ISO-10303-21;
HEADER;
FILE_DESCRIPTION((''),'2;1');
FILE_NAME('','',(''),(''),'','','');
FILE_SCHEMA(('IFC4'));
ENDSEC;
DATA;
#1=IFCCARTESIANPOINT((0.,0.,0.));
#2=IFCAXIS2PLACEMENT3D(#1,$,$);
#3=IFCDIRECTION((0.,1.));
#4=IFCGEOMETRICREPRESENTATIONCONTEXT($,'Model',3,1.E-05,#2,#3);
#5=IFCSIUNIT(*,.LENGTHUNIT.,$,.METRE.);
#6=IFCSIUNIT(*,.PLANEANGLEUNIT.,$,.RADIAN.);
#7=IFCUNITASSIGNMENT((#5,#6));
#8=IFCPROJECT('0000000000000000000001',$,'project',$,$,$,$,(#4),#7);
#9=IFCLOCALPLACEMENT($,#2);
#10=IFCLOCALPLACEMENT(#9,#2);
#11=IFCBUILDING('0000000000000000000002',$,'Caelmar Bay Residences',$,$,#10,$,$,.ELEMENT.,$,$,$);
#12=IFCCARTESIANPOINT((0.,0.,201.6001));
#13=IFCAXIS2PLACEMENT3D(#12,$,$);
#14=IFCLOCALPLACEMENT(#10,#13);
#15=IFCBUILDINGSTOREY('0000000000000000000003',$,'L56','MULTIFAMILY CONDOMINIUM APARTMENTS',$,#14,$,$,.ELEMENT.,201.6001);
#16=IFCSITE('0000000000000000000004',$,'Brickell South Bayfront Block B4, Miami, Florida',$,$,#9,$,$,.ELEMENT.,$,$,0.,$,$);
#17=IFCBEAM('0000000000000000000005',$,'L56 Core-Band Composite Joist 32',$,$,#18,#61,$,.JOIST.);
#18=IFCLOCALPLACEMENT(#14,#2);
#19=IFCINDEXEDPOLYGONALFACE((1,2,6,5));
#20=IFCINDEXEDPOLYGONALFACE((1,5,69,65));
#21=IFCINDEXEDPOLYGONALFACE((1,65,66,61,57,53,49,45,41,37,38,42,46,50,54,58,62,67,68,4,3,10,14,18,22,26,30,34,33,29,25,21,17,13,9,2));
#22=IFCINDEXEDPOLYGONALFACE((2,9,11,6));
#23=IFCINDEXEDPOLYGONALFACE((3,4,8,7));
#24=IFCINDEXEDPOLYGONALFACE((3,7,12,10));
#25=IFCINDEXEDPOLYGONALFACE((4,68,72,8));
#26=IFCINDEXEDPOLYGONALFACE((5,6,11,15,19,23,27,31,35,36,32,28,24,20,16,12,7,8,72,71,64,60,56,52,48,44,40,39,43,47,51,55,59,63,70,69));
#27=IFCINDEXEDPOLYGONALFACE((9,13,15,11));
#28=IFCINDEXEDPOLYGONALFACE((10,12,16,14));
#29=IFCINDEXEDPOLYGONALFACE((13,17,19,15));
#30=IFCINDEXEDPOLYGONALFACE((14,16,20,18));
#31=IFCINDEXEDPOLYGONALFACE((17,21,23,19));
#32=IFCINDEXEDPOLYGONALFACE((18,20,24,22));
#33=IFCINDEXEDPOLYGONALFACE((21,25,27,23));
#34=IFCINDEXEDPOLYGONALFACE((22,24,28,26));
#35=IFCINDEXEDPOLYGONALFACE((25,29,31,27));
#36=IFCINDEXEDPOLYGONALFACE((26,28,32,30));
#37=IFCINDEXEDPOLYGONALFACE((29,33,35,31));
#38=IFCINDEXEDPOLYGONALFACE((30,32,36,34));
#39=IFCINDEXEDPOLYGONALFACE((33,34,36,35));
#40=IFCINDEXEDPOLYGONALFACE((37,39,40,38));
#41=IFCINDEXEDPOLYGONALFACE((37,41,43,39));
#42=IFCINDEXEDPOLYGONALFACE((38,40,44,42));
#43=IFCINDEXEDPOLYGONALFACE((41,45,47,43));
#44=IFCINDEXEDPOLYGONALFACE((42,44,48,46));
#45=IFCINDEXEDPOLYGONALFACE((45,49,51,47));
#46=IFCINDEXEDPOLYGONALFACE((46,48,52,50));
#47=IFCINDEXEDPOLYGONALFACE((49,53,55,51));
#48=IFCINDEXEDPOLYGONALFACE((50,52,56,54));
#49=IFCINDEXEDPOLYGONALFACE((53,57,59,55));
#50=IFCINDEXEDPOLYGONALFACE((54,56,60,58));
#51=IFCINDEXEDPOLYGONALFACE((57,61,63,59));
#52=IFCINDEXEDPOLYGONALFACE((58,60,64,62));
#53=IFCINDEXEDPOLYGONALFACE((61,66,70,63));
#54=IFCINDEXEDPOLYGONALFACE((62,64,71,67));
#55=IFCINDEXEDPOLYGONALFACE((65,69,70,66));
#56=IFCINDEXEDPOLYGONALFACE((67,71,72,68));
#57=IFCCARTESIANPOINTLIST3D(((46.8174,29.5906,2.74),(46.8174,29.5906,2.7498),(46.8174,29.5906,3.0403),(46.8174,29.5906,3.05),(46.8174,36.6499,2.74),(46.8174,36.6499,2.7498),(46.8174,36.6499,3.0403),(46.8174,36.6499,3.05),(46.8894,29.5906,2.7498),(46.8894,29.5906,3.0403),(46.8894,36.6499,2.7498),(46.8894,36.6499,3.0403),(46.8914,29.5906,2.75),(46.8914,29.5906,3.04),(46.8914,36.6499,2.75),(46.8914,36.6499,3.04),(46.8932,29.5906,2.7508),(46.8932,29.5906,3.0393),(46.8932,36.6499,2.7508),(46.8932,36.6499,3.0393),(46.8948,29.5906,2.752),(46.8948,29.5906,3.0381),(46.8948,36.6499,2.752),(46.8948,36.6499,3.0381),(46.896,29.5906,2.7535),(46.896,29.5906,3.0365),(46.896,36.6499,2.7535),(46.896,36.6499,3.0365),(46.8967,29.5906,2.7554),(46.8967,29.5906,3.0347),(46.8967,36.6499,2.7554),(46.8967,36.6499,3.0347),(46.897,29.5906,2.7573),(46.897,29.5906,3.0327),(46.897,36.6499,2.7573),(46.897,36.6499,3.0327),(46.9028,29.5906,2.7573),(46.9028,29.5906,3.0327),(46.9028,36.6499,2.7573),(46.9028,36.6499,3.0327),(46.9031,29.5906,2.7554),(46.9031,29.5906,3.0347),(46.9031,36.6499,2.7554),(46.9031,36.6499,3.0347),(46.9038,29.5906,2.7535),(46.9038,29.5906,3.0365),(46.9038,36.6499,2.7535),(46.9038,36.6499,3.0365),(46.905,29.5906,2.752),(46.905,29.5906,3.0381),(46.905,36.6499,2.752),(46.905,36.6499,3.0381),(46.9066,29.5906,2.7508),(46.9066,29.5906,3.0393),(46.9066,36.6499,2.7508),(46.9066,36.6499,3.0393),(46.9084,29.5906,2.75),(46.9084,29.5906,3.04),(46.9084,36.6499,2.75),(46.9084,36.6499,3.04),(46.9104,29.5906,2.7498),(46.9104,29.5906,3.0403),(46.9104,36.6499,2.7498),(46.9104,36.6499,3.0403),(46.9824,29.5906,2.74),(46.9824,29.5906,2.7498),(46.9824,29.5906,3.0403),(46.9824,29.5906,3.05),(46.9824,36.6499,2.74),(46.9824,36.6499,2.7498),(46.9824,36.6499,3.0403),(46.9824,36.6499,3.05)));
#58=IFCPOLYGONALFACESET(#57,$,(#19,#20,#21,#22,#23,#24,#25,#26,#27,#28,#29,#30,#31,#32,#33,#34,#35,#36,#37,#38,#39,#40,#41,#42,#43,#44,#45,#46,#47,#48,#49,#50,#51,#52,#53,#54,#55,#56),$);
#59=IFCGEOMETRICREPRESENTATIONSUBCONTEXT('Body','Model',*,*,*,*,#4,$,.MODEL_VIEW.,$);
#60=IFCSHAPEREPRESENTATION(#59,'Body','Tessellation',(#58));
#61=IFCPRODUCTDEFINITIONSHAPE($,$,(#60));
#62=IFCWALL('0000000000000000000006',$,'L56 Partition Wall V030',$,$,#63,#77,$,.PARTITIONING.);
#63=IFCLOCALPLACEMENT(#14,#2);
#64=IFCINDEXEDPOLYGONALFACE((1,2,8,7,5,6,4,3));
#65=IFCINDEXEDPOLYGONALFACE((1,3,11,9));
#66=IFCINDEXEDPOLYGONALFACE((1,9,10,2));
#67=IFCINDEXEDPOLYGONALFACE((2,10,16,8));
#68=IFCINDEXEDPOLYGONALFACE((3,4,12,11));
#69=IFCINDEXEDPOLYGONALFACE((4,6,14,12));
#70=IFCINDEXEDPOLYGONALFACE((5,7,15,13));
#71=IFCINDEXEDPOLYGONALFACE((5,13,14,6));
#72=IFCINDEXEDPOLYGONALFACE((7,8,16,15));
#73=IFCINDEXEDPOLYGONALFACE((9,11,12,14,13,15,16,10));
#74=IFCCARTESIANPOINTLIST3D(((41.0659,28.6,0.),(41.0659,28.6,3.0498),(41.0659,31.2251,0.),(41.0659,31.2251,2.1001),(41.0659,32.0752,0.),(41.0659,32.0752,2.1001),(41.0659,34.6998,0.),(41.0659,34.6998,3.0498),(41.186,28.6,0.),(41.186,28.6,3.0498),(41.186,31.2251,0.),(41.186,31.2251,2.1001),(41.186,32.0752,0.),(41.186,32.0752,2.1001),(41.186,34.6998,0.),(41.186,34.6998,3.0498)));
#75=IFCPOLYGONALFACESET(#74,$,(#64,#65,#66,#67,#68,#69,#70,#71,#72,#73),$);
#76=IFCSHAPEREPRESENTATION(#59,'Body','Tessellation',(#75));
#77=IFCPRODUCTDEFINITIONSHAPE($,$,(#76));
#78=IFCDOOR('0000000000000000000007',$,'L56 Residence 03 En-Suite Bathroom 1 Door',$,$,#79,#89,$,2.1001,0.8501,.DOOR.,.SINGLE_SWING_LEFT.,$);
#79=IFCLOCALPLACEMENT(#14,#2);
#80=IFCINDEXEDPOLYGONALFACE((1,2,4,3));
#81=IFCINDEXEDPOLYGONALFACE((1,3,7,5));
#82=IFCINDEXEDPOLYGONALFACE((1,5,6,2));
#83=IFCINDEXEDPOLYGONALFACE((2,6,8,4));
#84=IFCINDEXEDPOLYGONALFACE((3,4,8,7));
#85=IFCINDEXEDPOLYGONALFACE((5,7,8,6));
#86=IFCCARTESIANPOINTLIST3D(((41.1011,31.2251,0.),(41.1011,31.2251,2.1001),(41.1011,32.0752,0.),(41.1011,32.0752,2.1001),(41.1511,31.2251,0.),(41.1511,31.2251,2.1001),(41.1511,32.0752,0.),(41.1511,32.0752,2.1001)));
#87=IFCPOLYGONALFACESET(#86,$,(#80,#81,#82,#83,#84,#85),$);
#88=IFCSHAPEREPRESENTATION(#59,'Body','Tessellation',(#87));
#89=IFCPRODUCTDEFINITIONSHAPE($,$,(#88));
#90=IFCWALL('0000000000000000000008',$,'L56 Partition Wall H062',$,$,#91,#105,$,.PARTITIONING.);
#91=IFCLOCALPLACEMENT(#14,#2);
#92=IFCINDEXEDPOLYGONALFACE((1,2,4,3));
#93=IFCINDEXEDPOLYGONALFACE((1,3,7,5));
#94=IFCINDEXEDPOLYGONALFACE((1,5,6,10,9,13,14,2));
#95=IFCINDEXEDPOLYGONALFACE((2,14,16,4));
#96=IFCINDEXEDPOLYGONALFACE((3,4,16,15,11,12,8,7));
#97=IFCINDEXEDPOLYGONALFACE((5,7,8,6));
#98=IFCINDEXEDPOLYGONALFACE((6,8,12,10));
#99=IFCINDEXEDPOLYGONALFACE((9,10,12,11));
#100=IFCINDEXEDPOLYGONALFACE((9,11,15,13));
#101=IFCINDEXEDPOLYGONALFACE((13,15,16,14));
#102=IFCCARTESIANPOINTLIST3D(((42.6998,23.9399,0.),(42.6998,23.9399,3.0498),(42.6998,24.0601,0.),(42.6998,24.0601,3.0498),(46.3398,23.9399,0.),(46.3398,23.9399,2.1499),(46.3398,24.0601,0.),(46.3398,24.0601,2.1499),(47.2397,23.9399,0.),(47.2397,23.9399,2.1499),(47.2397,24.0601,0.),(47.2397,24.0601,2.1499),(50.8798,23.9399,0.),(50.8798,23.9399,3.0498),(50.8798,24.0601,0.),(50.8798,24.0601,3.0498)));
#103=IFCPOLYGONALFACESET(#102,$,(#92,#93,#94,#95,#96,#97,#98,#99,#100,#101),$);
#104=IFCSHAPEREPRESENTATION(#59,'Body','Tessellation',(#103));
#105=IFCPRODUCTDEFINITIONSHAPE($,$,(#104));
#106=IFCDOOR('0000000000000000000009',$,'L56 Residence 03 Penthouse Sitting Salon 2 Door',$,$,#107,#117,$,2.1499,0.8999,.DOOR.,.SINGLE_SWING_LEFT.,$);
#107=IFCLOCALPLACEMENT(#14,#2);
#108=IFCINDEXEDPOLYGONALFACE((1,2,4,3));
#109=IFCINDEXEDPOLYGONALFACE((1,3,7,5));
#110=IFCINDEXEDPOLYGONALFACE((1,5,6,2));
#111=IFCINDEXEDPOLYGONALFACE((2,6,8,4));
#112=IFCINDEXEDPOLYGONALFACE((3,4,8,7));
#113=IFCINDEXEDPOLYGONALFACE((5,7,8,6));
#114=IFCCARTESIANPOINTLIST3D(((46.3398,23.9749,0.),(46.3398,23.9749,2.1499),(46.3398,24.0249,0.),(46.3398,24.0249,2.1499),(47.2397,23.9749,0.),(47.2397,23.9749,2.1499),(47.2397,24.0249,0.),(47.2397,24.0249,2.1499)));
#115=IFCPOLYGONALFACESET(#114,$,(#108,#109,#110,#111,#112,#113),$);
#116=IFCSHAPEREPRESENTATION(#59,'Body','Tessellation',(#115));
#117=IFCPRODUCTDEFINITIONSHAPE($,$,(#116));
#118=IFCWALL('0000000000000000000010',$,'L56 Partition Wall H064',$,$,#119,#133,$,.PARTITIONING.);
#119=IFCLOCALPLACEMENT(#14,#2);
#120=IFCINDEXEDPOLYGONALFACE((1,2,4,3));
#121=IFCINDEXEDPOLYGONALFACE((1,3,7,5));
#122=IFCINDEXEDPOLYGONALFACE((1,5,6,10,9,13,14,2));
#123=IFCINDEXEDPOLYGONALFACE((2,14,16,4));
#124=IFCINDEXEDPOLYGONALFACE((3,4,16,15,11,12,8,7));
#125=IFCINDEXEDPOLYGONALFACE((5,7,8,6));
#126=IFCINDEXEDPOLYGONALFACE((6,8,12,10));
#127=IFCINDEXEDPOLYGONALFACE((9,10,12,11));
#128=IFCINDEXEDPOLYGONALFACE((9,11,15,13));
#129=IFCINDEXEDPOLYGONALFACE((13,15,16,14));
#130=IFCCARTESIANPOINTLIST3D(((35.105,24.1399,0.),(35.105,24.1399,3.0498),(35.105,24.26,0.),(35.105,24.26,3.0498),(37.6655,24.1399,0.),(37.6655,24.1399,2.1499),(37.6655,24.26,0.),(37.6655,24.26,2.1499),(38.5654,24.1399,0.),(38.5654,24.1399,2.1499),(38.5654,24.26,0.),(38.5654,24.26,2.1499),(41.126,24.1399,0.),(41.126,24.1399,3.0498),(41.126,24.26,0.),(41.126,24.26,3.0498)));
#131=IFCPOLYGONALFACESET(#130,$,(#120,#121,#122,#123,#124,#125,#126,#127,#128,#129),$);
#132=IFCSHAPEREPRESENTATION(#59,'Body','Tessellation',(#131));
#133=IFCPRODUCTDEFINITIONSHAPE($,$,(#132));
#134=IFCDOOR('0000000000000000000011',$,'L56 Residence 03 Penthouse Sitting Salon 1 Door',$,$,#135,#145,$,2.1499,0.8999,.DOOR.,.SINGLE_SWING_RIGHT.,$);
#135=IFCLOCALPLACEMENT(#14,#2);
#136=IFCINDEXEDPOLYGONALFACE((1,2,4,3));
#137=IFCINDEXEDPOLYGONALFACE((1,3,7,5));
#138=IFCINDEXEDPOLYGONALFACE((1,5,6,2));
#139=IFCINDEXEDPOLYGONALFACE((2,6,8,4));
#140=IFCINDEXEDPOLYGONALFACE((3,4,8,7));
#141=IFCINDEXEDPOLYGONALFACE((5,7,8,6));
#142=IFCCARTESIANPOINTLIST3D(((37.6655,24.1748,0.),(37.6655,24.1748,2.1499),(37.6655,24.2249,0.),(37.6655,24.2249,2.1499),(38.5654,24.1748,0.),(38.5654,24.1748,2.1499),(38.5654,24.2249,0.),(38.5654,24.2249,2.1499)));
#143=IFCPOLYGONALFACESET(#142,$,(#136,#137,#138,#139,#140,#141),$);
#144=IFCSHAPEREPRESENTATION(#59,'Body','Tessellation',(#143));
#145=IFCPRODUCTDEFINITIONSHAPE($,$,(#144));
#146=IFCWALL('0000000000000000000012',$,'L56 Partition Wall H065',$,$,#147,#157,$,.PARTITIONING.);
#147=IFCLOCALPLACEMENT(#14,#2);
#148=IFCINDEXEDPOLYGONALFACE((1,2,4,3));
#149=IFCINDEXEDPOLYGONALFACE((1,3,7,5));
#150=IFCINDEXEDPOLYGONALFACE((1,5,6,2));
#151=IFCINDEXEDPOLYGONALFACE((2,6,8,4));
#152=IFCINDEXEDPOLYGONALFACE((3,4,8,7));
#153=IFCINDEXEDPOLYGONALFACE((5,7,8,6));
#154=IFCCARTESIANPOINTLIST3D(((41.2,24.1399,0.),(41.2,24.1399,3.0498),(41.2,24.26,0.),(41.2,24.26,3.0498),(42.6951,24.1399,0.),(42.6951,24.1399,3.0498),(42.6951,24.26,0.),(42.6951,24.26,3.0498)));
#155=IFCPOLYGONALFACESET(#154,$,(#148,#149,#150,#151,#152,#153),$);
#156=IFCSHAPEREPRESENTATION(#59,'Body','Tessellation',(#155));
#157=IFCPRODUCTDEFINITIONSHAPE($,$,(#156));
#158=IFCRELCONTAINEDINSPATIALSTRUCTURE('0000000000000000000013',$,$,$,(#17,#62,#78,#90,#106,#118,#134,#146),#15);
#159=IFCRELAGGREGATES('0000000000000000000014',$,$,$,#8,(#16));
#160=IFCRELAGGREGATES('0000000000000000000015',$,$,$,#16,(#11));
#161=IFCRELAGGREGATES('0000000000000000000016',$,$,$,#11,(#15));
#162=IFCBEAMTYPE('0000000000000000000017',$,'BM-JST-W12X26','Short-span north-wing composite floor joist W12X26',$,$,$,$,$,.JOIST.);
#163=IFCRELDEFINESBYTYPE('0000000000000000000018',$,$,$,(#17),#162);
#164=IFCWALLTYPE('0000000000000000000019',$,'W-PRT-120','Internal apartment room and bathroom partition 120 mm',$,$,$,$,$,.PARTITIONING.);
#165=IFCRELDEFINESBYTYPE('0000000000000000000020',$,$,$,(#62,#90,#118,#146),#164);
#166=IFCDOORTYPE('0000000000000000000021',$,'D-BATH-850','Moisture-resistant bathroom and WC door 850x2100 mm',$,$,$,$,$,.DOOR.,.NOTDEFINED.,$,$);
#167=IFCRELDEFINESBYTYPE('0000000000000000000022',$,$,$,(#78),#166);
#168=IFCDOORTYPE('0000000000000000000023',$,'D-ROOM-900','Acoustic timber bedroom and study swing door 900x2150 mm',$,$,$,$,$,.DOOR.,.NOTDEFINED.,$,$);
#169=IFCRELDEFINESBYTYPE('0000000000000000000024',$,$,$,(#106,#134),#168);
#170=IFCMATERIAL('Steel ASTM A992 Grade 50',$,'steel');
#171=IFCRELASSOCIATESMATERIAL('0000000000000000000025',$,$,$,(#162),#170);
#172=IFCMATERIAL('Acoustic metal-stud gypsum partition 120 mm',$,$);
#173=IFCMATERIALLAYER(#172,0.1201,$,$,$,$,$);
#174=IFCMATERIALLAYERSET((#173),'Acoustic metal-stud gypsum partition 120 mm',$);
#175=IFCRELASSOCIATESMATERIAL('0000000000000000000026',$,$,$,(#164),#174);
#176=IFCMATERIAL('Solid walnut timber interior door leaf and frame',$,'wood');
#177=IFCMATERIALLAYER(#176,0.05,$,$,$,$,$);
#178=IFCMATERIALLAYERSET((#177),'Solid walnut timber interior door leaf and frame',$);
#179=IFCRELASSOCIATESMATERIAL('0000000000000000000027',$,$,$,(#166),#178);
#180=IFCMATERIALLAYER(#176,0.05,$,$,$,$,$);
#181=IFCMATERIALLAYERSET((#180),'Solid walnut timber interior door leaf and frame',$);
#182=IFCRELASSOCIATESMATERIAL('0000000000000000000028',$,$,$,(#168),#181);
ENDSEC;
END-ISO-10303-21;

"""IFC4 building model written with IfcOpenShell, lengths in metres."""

from ifc_helpers import new_model, si_unit, direction, frame, frame_2d, origin, origin_2d, place, context, subcontext, project, spatial, rectangle, i_section, extrude, material, layer, layer_set, material_profile, profile_set, type_object, element, fill, save


model = new_model("IFC4")

# Units and contexts
model_context = context("Model", 3, precision=1e-05, world=origin(), true_north=direction((0.0, 1.0)))
body_context = subcontext(model_context, "Body", "Model", "MODEL_VIEW")
ifc_project = project(units=[si_unit("LENGTHUNIT", "METRE"), si_unit("PLANEANGLEUNIT", "RADIAN")], contexts=[model_context])

# Site, building, storey
site_placement = place(None, origin())
site = spatial("IfcSite", under=ifc_project, at=site_placement, Name="Brickell South Bayfront Block B4, Miami, Florida", CompositionType="ELEMENT", RefElevation=0.0)
building_placement = place(site_placement, origin())
building = spatial("IfcBuilding", under=site, at=building_placement, Name="Caelmar Bay Residences", CompositionType="ELEMENT")
storey_placement = place(building_placement, frame((0.0, 0.0, 201.6001)))
storey = spatial("IfcBuildingStorey", under=building, at=storey_placement, Name="L56", Description="MULTIFAMILY CONDOMINIUM APARTMENTS", CompositionType="ELEMENT", Elevation=201.6001)

# Beam
ifc_material_1 = material(Name="Steel ASTM A992 Grade 50", Category="steel")
ifc_material_profile_1 = material_profile(ifc_material_1, i_section(OverallWidth=0.165, OverallDepth=0.3101, WebThickness=0.0059, FlangeThickness=0.0098, FilletRadius=0.0076, at=origin_2d()), Name="W12X26")
ifc_profile_set_1 = profile_set([ifc_material_profile_1], Name="Steel ASTM A992 Grade 50")
beam_type_1 = type_object("IfcBeamType", Name="BM-JST-W12X26", Description="Short-span north-wing composite floor joist W12X26", PredefinedType="JOIST", material=ifc_profile_set_1)
for number, where, z_axis, x_axis, name in (
    (1, (46.8999, 29.5906, 2.895), (0.0, 1.0, 0.0), (-1.0, 0.0, 0.0), "L56 Core-Band Composite Joist 32"),
):
    element("IfcBeam", number, at=place(storey_placement, frame(where, z_axis=z_axis, x_axis=x_axis)), inside=storey, type_object=beam_type_1, Name=name, PredefinedType="JOIST", context=body_context, shape_type="SweptSolid", body=[
        extrude(i_section(OverallWidth=0.165, OverallDepth=0.3101, WebThickness=0.0059, FlangeThickness=0.0098, FilletRadius=0.0076, at=origin_2d()), origin(), (0.0, 0.0, 1.0), 7.0593),
    ])

# Walls, openings, doors
ifc_material_2 = material(Name="Acoustic metal-stud gypsum partition 120 mm")
ifc_layer_1 = layer(ifc_material_2, 0.1201)
ifc_layer_set_1 = layer_set([ifc_layer_1], Name="Acoustic metal-stud gypsum partition 120 mm")
wall_type = type_object("IfcWallType", Name="W-PRT-120", Description="Internal apartment room and bathroom partition 120 mm", PredefinedType="PARTITIONING", material=ifc_layer_set_1)
wall_1_placement = place(storey_placement, frame((41.126, 28.6001, 0.0), z_axis=(0.0, 0.0, 1.0), x_axis=(0.0, 1.0, 0.0)))
wall_1 = element("IfcWall", 2, at=wall_1_placement, inside=storey, type_object=wall_type, Name="L56 Partition Wall V030", PredefinedType="PARTITIONING", context=body_context, shape_type="SweptSolid", body=[
    extrude(rectangle(XDim=6.0999, YDim=0.1201, at=frame_2d((3.0498, 0.0))), origin(), (0.0, 0.0, 1.0), 3.0498),
])
opening_1_placement = place(wall_1_placement, frame((2.625, 0.0, 0.0)))
opening_1 = element("IfcOpeningElement", 3, at=opening_1_placement, cuts=wall_1, PredefinedType="OPENING", context=body_context, shape_type="SweptSolid", body=[
    extrude(rectangle(XDim=0.8501, YDim=2.1001, at=frame_2d((0.425, 1.05))), frame((0.0, 0.0701, 0.0), z_axis=(0.0, -1.0, 0.0), x_axis=(1.0, 0.0, 0.0)), (0.0, 0.0, 1.0), 0.1401),
])
ifc_material_3 = material(Name="Solid walnut timber interior door leaf and frame", Category="wood")
ifc_layer_2 = layer(ifc_material_3, 0.05)
ifc_layer_set_2 = layer_set([ifc_layer_2], Name="Solid walnut timber interior door leaf and frame")
door_type_1 = type_object("IfcDoorType", Name="D-BATH-850", Description="Moisture-resistant bathroom and WC door 850x2100 mm", OperationType="NOTDEFINED", PredefinedType="DOOR", material=ifc_layer_set_2)
door_1_placement = place(opening_1_placement, origin())
door_1 = element("IfcDoor", 4, at=door_1_placement, inside=storey, type_object=door_type_1, Name="L56 Residence 03 En-Suite Bathroom 1 Door", OperationType="SINGLE_SWING_LEFT", OverallHeight=2.1001, OverallWidth=0.8501, PredefinedType="DOOR", context=body_context, shape_type="SweptSolid", body=[
    extrude(rectangle(XDim=0.8501, YDim=2.1001, at=frame_2d((0.425, 1.05))), frame((0.0, 0.0249, 0.0), z_axis=(0.0, -1.0, 0.0), x_axis=(1.0, 0.0, 0.0)), (0.0, 0.0, 1.0), 0.05),
])
fill(opening_1, door_1)
wall_2_placement = place(storey_placement, frame((42.7, 24.0, 0.0), z_axis=(0.0, 0.0, 1.0), x_axis=(1.0, 0.0, 0.0)))
wall_2 = element("IfcWall", 5, at=wall_2_placement, inside=storey, type_object=wall_type, Name="L56 Partition Wall H062", PredefinedType="PARTITIONING", context=body_context, shape_type="SweptSolid", body=[
    extrude(rectangle(XDim=8.1799, YDim=0.1201, at=frame_2d((4.0898, 0.0))), origin(), (0.0, 0.0, 1.0), 3.0498),
])
opening_2_placement = place(wall_2_placement, frame((3.6399, 0.0, 0.0)))
opening_2 = element("IfcOpeningElement", 6, at=opening_2_placement, cuts=wall_2, PredefinedType="OPENING", context=body_context, shape_type="SweptSolid", body=[
    extrude(rectangle(XDim=0.8999, YDim=2.1499, at=frame_2d((0.45, 1.075))), frame((0.0, 0.0701, 0.0), z_axis=(0.0, -1.0, 0.0), x_axis=(1.0, 0.0, 0.0)), (0.0, 0.0, 1.0), 0.1401),
])
ifc_layer_3 = layer(ifc_material_3, 0.05)
ifc_layer_set_3 = layer_set([ifc_layer_3], Name="Solid walnut timber interior door leaf and frame")
door_type_2 = type_object("IfcDoorType", Name="D-ROOM-900", Description="Acoustic timber bedroom and study swing door 900x2150 mm", OperationType="NOTDEFINED", PredefinedType="DOOR", material=ifc_layer_set_3)
door_2_placement = place(opening_2_placement, origin())
door_2 = element("IfcDoor", 7, at=door_2_placement, inside=storey, type_object=door_type_2, Name="L56 Residence 03 Penthouse Sitting Salon 2 Door", OperationType="SINGLE_SWING_LEFT", OverallHeight=2.1499, OverallWidth=0.8999, PredefinedType="DOOR", context=body_context, shape_type="SweptSolid", body=[
    extrude(rectangle(XDim=0.8999, YDim=2.1499, at=frame_2d((0.45, 1.075))), frame((0.0, 0.0249, 0.0), z_axis=(0.0, -1.0, 0.0), x_axis=(1.0, 0.0, 0.0)), (0.0, 0.0, 1.0), 0.05),
])
fill(opening_2, door_2)
wall_3_placement = place(storey_placement, frame((35.105, 24.2, 0.0), z_axis=(0.0, 0.0, 1.0), x_axis=(1.0, 0.0, 0.0)))
wall_3 = element("IfcWall", 8, at=wall_3_placement, inside=storey, type_object=wall_type, Name="L56 Partition Wall H064", PredefinedType="PARTITIONING", context=body_context, shape_type="SweptSolid", body=[
    extrude(rectangle(XDim=6.021, YDim=0.1201, at=frame_2d((3.0105, 0.0))), origin(), (0.0, 0.0, 1.0), 3.0498),
])
opening_3_placement = place(wall_3_placement, frame((2.5605, 0.0, 0.0)))
opening_3 = element("IfcOpeningElement", 9, at=opening_3_placement, cuts=wall_3, PredefinedType="OPENING", context=body_context, shape_type="SweptSolid", body=[
    extrude(rectangle(XDim=0.8999, YDim=2.1499, at=frame_2d((0.45, 1.075))), frame((0.0, 0.0701, 0.0), z_axis=(0.0, -1.0, 0.0), x_axis=(1.0, 0.0, 0.0)), (0.0, 0.0, 1.0), 0.1401),
])
door_3_placement = place(opening_3_placement, origin())
door_3 = element("IfcDoor", 10, at=door_3_placement, inside=storey, type_object=door_type_2, Name="L56 Residence 03 Penthouse Sitting Salon 1 Door", OperationType="SINGLE_SWING_RIGHT", OverallHeight=2.1499, OverallWidth=0.8999, PredefinedType="DOOR", context=body_context, shape_type="SweptSolid", body=[
    extrude(rectangle(XDim=0.8999, YDim=2.1499, at=frame_2d((0.45, 1.075))), frame((0.0, 0.0249, 0.0), z_axis=(0.0, -1.0, 0.0), x_axis=(1.0, 0.0, 0.0)), (0.0, 0.0, 1.0), 0.05),
])
fill(opening_3, door_3)

# Wall
wall_4_placement = place(storey_placement, frame((41.2, 24.2, 0.0), z_axis=(0.0, 0.0, 1.0), x_axis=(1.0, 0.0, 0.0)))
element("IfcWall", 11, at=wall_4_placement, inside=storey, type_object=wall_type, Name="L56 Partition Wall H065", PredefinedType="PARTITIONING", context=body_context, shape_type="SweptSolid", body=[
    extrude(rectangle(XDim=1.4951, YDim=0.1201, at=frame_2d((0.7476, 0.0))), origin(), (0.0, 0.0, 1.0), 3.0498),
])

save(model, "model.ifc")
